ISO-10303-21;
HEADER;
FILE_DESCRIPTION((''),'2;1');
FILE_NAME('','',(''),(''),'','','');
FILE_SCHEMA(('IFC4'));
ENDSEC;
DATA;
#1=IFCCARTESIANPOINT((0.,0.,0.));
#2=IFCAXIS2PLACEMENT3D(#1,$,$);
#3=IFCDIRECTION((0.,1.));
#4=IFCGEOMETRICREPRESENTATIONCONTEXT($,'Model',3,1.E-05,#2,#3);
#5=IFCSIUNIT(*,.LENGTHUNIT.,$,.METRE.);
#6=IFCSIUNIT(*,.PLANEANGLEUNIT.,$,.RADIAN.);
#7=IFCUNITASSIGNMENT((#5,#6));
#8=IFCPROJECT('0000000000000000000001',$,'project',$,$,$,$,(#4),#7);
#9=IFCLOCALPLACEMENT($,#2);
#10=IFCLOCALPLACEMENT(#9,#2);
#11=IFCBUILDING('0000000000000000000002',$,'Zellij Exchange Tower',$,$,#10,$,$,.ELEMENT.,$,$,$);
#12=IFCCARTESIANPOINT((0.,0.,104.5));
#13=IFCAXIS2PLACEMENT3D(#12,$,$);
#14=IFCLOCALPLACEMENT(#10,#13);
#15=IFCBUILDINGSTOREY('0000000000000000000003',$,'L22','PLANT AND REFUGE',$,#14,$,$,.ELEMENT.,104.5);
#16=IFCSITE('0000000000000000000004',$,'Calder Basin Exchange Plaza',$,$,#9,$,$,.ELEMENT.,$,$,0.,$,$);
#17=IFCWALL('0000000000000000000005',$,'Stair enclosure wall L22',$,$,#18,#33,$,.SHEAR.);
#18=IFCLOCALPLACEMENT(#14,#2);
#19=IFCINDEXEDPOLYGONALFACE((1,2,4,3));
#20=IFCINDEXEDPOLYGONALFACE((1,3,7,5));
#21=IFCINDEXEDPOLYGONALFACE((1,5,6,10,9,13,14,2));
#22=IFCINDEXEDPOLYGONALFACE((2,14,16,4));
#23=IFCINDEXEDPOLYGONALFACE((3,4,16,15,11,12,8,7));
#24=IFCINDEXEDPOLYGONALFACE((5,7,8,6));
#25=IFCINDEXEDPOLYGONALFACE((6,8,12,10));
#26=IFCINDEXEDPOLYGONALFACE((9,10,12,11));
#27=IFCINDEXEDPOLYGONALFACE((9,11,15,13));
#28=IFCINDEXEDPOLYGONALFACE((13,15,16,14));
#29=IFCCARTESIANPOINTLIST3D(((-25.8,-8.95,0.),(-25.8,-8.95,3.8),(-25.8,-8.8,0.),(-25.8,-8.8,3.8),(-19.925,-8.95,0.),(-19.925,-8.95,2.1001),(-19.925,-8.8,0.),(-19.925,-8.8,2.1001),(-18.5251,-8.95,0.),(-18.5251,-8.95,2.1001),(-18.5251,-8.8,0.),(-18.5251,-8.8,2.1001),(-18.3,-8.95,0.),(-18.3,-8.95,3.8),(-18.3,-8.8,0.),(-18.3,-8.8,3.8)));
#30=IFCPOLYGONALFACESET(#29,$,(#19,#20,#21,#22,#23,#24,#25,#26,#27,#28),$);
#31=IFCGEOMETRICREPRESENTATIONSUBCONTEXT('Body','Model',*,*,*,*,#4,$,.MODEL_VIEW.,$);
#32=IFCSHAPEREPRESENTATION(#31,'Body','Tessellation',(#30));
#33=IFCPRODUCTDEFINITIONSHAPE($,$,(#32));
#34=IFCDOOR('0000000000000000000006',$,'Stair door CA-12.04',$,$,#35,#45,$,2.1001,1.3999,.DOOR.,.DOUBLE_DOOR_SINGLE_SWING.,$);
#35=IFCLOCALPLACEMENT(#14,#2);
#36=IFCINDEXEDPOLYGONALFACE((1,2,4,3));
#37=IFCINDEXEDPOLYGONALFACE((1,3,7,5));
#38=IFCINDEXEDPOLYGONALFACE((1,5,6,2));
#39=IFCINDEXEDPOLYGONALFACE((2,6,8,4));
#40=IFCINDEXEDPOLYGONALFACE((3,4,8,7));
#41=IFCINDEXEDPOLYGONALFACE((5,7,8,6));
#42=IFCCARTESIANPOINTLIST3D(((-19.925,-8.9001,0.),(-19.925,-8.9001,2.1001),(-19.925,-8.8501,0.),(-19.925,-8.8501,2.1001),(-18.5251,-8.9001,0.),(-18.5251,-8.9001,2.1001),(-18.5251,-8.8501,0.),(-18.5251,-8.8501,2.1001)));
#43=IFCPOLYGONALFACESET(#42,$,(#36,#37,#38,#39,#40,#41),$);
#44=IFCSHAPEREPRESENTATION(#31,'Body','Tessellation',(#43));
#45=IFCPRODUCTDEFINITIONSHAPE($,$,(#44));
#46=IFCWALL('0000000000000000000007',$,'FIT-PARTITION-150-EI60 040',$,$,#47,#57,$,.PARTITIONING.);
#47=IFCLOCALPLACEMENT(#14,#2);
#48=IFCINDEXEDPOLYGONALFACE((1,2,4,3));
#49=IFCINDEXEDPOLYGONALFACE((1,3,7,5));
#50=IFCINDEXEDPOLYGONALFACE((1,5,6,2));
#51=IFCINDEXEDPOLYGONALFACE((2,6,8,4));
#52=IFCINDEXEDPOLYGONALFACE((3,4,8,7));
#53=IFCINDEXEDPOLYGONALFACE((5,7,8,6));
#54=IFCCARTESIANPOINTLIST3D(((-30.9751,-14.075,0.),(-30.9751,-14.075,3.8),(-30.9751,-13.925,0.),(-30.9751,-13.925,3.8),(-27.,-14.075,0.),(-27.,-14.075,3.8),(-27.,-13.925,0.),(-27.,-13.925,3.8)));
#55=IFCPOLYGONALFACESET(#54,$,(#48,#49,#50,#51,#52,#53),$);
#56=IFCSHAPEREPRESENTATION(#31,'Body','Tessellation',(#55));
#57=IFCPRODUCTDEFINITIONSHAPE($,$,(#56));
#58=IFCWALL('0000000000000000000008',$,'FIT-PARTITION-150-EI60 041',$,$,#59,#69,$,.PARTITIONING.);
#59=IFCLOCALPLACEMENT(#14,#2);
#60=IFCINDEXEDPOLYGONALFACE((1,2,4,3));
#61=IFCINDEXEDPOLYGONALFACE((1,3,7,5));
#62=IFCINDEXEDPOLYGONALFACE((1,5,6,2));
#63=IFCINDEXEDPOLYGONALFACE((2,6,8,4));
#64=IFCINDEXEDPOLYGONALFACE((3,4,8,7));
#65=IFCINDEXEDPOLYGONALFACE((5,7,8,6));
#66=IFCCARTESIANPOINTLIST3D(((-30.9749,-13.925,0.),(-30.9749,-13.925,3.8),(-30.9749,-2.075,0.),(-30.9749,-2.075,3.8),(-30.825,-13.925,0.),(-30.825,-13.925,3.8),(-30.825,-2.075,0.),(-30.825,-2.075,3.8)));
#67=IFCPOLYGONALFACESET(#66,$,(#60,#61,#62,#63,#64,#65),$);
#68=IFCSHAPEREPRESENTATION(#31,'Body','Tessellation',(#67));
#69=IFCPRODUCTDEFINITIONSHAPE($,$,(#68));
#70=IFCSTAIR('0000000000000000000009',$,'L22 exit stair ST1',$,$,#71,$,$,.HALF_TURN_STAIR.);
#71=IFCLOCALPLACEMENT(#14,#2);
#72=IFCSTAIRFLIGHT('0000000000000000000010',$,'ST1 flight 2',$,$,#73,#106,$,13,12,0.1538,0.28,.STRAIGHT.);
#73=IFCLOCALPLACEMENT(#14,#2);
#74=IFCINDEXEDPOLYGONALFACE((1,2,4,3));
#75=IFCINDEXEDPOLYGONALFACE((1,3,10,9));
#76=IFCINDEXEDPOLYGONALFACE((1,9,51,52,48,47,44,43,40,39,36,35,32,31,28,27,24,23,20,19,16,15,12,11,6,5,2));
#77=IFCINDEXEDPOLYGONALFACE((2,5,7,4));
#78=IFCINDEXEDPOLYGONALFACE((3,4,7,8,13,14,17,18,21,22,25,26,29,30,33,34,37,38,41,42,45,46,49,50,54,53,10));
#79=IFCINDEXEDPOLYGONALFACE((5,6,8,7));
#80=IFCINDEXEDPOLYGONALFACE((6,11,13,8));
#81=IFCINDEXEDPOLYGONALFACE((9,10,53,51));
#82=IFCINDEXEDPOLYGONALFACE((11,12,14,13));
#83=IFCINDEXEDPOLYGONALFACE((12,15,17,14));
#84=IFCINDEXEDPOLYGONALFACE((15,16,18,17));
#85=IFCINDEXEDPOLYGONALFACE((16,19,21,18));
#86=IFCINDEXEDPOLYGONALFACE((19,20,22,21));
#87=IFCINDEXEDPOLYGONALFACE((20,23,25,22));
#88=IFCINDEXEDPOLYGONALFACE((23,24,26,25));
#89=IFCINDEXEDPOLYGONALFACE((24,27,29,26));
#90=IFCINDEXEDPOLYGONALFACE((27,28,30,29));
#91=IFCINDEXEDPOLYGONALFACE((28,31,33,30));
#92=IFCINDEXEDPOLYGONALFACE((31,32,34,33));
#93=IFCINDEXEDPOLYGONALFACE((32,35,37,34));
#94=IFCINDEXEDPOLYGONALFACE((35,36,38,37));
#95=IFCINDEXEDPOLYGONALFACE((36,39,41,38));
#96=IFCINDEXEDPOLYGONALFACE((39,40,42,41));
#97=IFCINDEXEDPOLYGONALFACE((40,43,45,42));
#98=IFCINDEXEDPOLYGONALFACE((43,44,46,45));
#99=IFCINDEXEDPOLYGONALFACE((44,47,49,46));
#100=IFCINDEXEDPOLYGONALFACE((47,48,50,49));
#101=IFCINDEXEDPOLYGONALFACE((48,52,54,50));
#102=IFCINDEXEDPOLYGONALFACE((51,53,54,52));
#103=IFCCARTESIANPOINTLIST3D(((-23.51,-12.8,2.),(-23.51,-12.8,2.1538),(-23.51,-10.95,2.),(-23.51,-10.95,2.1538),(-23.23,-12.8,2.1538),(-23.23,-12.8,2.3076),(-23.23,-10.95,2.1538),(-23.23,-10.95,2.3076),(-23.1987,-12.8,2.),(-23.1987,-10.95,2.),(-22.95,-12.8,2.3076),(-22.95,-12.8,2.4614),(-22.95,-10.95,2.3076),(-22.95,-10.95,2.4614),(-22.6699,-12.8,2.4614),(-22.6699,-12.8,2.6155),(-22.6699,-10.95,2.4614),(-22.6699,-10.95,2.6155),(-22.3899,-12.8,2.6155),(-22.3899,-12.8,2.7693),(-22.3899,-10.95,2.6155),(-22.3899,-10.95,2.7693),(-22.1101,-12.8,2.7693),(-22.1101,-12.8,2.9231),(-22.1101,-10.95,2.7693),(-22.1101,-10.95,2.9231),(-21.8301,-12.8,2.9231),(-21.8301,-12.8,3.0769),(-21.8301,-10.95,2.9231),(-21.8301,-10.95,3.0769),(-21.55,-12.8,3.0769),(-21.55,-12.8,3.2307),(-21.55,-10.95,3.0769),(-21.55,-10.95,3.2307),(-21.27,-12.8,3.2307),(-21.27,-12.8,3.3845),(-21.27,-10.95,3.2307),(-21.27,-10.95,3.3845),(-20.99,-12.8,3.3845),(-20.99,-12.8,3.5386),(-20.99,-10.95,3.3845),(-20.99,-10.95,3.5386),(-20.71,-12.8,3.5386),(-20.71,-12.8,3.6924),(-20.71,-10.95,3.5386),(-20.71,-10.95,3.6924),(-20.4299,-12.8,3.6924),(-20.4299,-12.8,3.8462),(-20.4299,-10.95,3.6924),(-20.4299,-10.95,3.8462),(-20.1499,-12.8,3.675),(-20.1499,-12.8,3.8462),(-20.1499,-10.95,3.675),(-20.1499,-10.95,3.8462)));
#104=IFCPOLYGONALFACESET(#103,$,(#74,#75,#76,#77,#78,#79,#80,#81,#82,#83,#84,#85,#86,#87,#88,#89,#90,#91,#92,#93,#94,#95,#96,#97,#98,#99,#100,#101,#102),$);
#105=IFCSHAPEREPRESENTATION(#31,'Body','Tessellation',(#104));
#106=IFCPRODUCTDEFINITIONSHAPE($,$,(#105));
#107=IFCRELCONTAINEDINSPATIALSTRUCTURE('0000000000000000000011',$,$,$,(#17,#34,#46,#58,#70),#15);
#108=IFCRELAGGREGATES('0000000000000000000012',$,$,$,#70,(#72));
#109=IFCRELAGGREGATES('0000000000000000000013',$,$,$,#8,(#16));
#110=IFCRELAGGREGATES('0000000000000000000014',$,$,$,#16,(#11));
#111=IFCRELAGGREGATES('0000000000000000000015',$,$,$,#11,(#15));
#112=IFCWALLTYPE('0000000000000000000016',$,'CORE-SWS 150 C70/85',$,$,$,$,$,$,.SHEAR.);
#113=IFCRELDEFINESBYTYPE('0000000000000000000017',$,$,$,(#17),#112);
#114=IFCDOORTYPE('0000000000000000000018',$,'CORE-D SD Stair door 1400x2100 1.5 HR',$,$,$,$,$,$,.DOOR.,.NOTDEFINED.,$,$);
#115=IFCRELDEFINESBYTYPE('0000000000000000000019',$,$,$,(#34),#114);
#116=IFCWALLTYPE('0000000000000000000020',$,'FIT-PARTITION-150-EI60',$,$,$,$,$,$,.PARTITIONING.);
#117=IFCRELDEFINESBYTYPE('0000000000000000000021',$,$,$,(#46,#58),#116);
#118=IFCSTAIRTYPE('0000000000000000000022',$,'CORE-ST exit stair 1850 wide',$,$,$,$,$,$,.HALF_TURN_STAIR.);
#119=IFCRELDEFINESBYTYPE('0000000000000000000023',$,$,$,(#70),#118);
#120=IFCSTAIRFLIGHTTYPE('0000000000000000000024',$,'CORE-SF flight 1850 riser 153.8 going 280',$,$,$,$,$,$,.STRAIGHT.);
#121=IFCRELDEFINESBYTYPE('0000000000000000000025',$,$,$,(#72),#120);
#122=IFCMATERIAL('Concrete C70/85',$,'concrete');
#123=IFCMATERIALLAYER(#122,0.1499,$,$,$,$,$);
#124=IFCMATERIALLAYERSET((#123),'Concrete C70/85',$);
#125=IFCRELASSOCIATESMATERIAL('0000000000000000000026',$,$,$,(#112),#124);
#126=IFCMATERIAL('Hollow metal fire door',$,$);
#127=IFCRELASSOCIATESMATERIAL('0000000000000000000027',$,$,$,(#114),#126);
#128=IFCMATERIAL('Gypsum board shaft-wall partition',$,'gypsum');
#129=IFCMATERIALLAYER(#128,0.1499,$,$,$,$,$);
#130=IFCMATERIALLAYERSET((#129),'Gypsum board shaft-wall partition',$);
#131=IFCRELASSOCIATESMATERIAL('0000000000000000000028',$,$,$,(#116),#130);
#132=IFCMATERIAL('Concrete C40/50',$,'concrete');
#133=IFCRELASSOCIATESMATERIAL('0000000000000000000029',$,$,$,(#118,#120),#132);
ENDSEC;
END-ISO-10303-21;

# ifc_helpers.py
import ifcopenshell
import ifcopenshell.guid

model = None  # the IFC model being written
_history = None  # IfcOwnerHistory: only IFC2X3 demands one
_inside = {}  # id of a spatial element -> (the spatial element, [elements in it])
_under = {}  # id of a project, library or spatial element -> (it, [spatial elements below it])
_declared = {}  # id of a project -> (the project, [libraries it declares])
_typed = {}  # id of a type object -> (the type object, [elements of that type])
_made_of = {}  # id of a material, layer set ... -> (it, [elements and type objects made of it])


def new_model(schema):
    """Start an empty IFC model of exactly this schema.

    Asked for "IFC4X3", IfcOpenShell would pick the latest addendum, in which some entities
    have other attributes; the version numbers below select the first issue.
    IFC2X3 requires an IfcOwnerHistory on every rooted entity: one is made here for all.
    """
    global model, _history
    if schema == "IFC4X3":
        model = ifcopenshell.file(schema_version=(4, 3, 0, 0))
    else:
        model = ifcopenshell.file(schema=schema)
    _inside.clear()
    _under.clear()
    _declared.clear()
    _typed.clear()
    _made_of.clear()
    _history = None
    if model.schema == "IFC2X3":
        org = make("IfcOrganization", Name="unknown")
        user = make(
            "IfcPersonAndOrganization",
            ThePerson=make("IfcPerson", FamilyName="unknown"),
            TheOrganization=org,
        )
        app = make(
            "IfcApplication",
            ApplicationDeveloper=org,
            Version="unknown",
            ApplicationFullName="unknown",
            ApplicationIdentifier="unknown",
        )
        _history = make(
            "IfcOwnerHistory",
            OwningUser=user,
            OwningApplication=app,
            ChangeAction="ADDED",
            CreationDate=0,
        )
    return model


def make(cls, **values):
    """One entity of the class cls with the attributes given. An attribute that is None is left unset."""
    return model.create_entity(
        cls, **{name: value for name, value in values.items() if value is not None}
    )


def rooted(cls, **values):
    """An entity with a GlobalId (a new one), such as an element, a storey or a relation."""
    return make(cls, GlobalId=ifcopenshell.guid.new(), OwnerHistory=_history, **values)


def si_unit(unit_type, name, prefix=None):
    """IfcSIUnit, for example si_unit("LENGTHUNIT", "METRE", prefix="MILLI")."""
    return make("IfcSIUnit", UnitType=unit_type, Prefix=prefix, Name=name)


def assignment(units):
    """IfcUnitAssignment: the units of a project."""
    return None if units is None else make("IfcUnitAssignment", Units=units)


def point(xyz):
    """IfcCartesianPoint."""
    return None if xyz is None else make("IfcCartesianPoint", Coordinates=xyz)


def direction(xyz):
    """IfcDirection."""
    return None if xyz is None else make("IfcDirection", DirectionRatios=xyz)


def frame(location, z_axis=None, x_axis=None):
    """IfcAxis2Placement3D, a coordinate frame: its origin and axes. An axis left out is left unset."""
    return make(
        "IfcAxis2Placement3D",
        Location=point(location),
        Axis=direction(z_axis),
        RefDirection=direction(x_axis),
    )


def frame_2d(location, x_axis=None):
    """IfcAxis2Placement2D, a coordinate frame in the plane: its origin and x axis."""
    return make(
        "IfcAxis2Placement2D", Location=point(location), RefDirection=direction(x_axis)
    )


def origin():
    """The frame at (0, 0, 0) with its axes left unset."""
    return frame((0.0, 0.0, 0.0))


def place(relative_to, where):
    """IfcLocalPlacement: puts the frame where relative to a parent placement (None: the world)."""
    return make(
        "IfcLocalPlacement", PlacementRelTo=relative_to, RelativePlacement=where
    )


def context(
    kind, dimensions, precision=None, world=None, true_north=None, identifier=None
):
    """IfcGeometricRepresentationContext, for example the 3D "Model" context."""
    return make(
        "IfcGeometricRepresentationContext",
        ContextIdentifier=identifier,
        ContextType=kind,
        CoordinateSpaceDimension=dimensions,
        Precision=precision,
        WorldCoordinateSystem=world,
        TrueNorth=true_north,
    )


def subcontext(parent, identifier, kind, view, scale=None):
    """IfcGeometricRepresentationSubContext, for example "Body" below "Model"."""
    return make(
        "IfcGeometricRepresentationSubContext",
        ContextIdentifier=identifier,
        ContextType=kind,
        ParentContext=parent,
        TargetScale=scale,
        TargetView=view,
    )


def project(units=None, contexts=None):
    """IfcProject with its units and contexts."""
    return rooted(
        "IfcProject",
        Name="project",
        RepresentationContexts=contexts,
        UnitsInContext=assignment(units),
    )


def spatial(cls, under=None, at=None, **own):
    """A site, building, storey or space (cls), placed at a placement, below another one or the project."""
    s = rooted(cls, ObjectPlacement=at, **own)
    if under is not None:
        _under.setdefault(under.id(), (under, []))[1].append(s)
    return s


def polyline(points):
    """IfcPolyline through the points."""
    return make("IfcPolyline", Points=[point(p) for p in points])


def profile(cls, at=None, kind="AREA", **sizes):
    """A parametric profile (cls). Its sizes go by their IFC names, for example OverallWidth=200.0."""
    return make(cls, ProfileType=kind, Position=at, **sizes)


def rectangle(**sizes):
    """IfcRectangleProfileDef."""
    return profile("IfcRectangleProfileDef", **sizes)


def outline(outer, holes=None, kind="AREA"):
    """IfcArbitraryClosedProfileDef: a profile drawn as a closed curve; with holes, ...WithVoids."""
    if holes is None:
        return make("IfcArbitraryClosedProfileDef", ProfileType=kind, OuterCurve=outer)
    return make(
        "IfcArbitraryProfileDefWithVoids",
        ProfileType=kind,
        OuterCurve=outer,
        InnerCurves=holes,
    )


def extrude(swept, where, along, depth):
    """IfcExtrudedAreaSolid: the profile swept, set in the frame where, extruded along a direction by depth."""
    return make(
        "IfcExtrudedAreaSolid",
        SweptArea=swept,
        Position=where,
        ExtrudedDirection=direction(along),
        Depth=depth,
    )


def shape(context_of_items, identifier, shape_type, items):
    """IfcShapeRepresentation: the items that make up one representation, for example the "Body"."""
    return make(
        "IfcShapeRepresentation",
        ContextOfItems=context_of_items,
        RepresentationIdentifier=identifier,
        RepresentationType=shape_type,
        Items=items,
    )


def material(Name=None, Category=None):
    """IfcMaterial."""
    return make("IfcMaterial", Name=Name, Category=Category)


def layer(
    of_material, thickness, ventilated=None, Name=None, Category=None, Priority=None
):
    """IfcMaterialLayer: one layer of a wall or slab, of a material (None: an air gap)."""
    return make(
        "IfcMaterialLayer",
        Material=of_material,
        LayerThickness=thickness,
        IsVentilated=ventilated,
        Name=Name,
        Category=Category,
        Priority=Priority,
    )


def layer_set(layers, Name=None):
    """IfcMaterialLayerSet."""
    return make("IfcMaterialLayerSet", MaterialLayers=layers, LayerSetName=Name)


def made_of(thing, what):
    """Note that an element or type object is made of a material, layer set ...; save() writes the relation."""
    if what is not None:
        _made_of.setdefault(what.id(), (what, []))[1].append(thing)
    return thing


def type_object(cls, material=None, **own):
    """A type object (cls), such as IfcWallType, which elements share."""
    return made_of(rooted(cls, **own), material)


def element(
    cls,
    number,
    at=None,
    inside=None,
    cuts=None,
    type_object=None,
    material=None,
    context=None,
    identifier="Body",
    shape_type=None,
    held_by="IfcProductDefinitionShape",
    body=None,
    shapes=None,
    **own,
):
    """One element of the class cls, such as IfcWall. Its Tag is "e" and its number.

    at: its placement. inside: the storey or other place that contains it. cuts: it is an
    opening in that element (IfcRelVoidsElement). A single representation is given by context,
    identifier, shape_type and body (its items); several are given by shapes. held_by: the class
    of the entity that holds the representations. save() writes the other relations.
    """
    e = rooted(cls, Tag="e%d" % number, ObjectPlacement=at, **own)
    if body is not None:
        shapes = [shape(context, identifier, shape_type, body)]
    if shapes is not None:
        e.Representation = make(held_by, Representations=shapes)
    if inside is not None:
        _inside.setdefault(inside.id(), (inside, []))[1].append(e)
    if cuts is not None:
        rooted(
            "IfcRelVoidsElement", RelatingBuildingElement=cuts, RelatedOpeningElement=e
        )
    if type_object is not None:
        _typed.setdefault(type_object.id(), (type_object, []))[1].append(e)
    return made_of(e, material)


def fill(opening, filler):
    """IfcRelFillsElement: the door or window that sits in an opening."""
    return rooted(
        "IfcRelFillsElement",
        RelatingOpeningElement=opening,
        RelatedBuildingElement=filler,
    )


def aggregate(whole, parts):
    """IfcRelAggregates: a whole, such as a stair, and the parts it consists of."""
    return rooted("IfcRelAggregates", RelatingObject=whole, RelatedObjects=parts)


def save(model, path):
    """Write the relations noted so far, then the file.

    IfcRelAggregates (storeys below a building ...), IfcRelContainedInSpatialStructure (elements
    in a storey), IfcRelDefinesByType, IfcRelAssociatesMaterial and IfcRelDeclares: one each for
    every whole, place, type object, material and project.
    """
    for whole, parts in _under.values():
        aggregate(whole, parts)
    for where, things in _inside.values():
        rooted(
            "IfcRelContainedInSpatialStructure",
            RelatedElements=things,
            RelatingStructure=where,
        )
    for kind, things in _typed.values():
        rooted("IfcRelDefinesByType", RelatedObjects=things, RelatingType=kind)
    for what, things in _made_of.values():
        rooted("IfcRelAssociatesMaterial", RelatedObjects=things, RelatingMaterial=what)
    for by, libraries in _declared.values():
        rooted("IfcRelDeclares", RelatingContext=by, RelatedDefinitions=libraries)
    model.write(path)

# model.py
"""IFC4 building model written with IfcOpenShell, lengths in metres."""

from ifc_helpers import new_model, si_unit, direction, frame, frame_2d, origin, place, context, subcontext, project, spatial, polyline, rectangle, outline, extrude, material, layer, layer_set, type_object, element, fill, aggregate, save


model = new_model("IFC4")

# Units and contexts
model_context = context("Model", 3, precision=1e-05, world=origin(), true_north=direction((0.0, 1.0)))
body_context = subcontext(model_context, "Body", "Model", "MODEL_VIEW")
ifc_project = project(units=[si_unit("LENGTHUNIT", "METRE"), si_unit("PLANEANGLEUNIT", "RADIAN")], contexts=[model_context])

# Site, building, storey
site_placement = place(None, origin())
site = spatial("IfcSite", under=ifc_project, at=site_placement, Name="Calder Basin Exchange Plaza", CompositionType="ELEMENT", RefElevation=0.0)
building_placement = place(site_placement, origin())
building = spatial("IfcBuilding", under=site, at=building_placement, Name="Zellij Exchange Tower", CompositionType="ELEMENT")
storey_placement = place(building_placement, frame((0.0, 0.0, 104.5)))
storey = spatial("IfcBuildingStorey", under=building, at=storey_placement, Name="L22", Description="PLANT AND REFUGE", CompositionType="ELEMENT", Elevation=104.5)

# Shared definitions
ifc_material_1 = material(Name="Concrete C70/85", Category="concrete")

# Shared definitions
ifc_material_2 = material(Name="Hollow metal fire door")

# Wall, opening, door
ifc_layer_1 = layer(ifc_material_1, 0.1499)
ifc_layer_set_1 = layer_set([ifc_layer_1], Name="Concrete C70/85")
wall_type_1 = type_object("IfcWallType", Name="CORE-SWS 150 C70/85", PredefinedType="SHEAR", material=ifc_layer_set_1)
wall_1_placement = place(storey_placement, frame((-25.8, -8.875, 0.0), z_axis=(0.0, 0.0, 1.0), x_axis=(1.0, 0.0, 0.0)))
wall_1 = element("IfcWall", 1, at=wall_1_placement, inside=storey, type_object=wall_type_1, Name="Stair enclosure wall L22", PredefinedType="SHEAR", context=body_context, shape_type="SweptSolid", body=[
    extrude(rectangle(XDim=7.5, YDim=0.1499, at=frame_2d((3.75, 0.0))), origin(), (0.0, 0.0, 1.0), 3.8),
])
opening_1_placement = place(wall_1_placement, frame((5.875, 0.0, 0.0)))
opening_1 = element("IfcOpeningElement", 2, at=opening_1_placement, cuts=wall_1, PredefinedType="OPENING", context=body_context, shape_type="SweptSolid", body=[
    extrude(rectangle(XDim=1.3999, YDim=2.1001, at=frame_2d((0.7, 1.05))), frame((0.0, 0.0869, 0.0), z_axis=(0.0, -1.0, 0.0), x_axis=(1.0, 0.0, 0.0)), (0.0, 0.0, 1.0), 0.1738),
])
door_type_1 = type_object("IfcDoorType", Name="CORE-D SD Stair door 1400x2100 1.5 HR", OperationType="NOTDEFINED", PredefinedType="DOOR", material=ifc_material_2)
door_1_placement = place(opening_1_placement, origin())
door_1 = element("IfcDoor", 3, at=door_1_placement, inside=storey, type_object=door_type_1, Name="Stair door CA-12.04", OperationType="DOUBLE_DOOR_SINGLE_SWING", OverallHeight=2.1001, OverallWidth=1.3999, PredefinedType="DOOR", context=body_context, shape_type="SweptSolid", body=[
    extrude(rectangle(XDim=1.3999, YDim=2.1001, at=frame_2d((0.7, 1.05))), frame((0.0, 0.0249, 0.0), z_axis=(0.0, -1.0, 0.0), x_axis=(1.0, 0.0, 0.0)), (0.0, 0.0, 1.0), 0.05),
])
fill(opening_1, door_1)

# Walls
ifc_material_3 = material(Name="Gypsum board shaft-wall partition", Category="gypsum")
ifc_layer_2 = layer(ifc_material_3, 0.1499)
ifc_layer_set_2 = layer_set([ifc_layer_2], Name="Gypsum board shaft-wall partition")
wall_type_2 = type_object("IfcWallType", Name="FIT-PARTITION-150-EI60", PredefinedType="PARTITIONING", material=ifc_layer_set_2)
wall_2_placement = place(storey_placement, frame((-30.9751, -14.0, 0.0), z_axis=(0.0, 0.0, 1.0), x_axis=(1.0, 0.0, 0.0)))
element("IfcWall", 4, at=wall_2_placement, inside=storey, type_object=wall_type_2, Name="FIT-PARTITION-150-EI60 040", PredefinedType="PARTITIONING", context=body_context, shape_type="SweptSolid", body=[
    extrude(rectangle(XDim=3.9751, YDim=0.1499, at=frame_2d((1.9875, 0.0))), origin(), (0.0, 0.0, 1.0), 3.8),
])
wall_3_placement = place(storey_placement, frame((-30.8999, -13.925, 0.0), z_axis=(0.0, 0.0, 1.0), x_axis=(0.0, 1.0, 0.0)))
element("IfcWall", 5, at=wall_3_placement, inside=storey, type_object=wall_type_2, Name="FIT-PARTITION-150-EI60 041", PredefinedType="PARTITIONING", context=body_context, shape_type="SweptSolid", body=[
    extrude(rectangle(XDim=11.8501, YDim=0.1499, at=frame_2d((5.925, 0.0))), origin(), (0.0, 0.0, 1.0), 3.8),
])

# Stair, stair flight
ifc_material_4 = material(Name="Concrete C40/50", Category="concrete")
stair_type = type_object("IfcStairType", Name="CORE-ST exit stair 1850 wide", PredefinedType="HALF_TURN_STAIR", material=ifc_material_4)
stair_placement = place(storey_placement, origin())
stair = element("IfcStair", 6, at=stair_placement, inside=storey, type_object=stair_type, Name="L22 exit stair ST1", PredefinedType="HALF_TURN_STAIR")
stair_flight_type = type_object("IfcStairFlightType", Name="CORE-SF flight 1850 riser 153.8 going 280", PredefinedType="STRAIGHT", material=ifc_material_4)
stair_flight_placement = place(storey_placement, frame((-23.51, -11.875, 2.0), z_axis=(0.0, 0.0, 1.0), x_axis=(1.0, 0.0, 0.0)))
stair_flight = element("IfcStairFlight", 7, at=stair_flight_placement, type_object=stair_flight_type, Name="ST1 flight 2", NumberOfRisers=13, NumberOfTreads=12, PredefinedType="STRAIGHT", RiserHeight=0.1538, TreadLength=0.28, context=body_context, shape_type="SweptSolid", body=[
    extrude(outline(polyline([(0.0, 0.0), (0.0, 0.1538), (0.28, 0.1538), (0.28, 0.3076), (0.5601, 0.3076), (0.5601, 0.4614), (0.8401, 0.4614), (0.8401, 0.6155), (1.1201, 0.6155), (1.1201, 0.7693), (1.3999, 0.7693), (1.3999, 0.9231), (1.6799, 0.9231), (1.6799, 1.0769), (1.96, 1.0769), (1.96, 1.2307), (2.24, 1.2307), (2.24, 1.3845), (2.52, 1.3845), (2.52, 1.5386), (2.8, 1.5386), (2.8, 1.6924), (3.0801, 1.6924), (3.0801, 1.8462), (3.3601, 1.8462), (3.3601, 2.0), (3.3601, 1.675), (0.3113, 0.0), (0.0, 0.0)])), frame((0.0, 0.925, 0.0), z_axis=(0.0, -1.0, 0.0), x_axis=(1.0, 0.0, 0.0)), (0.0, 0.0, 1.0), 1.8501),
])
aggregate(stair, [stair_flight])

save(model, "model.ifc")
